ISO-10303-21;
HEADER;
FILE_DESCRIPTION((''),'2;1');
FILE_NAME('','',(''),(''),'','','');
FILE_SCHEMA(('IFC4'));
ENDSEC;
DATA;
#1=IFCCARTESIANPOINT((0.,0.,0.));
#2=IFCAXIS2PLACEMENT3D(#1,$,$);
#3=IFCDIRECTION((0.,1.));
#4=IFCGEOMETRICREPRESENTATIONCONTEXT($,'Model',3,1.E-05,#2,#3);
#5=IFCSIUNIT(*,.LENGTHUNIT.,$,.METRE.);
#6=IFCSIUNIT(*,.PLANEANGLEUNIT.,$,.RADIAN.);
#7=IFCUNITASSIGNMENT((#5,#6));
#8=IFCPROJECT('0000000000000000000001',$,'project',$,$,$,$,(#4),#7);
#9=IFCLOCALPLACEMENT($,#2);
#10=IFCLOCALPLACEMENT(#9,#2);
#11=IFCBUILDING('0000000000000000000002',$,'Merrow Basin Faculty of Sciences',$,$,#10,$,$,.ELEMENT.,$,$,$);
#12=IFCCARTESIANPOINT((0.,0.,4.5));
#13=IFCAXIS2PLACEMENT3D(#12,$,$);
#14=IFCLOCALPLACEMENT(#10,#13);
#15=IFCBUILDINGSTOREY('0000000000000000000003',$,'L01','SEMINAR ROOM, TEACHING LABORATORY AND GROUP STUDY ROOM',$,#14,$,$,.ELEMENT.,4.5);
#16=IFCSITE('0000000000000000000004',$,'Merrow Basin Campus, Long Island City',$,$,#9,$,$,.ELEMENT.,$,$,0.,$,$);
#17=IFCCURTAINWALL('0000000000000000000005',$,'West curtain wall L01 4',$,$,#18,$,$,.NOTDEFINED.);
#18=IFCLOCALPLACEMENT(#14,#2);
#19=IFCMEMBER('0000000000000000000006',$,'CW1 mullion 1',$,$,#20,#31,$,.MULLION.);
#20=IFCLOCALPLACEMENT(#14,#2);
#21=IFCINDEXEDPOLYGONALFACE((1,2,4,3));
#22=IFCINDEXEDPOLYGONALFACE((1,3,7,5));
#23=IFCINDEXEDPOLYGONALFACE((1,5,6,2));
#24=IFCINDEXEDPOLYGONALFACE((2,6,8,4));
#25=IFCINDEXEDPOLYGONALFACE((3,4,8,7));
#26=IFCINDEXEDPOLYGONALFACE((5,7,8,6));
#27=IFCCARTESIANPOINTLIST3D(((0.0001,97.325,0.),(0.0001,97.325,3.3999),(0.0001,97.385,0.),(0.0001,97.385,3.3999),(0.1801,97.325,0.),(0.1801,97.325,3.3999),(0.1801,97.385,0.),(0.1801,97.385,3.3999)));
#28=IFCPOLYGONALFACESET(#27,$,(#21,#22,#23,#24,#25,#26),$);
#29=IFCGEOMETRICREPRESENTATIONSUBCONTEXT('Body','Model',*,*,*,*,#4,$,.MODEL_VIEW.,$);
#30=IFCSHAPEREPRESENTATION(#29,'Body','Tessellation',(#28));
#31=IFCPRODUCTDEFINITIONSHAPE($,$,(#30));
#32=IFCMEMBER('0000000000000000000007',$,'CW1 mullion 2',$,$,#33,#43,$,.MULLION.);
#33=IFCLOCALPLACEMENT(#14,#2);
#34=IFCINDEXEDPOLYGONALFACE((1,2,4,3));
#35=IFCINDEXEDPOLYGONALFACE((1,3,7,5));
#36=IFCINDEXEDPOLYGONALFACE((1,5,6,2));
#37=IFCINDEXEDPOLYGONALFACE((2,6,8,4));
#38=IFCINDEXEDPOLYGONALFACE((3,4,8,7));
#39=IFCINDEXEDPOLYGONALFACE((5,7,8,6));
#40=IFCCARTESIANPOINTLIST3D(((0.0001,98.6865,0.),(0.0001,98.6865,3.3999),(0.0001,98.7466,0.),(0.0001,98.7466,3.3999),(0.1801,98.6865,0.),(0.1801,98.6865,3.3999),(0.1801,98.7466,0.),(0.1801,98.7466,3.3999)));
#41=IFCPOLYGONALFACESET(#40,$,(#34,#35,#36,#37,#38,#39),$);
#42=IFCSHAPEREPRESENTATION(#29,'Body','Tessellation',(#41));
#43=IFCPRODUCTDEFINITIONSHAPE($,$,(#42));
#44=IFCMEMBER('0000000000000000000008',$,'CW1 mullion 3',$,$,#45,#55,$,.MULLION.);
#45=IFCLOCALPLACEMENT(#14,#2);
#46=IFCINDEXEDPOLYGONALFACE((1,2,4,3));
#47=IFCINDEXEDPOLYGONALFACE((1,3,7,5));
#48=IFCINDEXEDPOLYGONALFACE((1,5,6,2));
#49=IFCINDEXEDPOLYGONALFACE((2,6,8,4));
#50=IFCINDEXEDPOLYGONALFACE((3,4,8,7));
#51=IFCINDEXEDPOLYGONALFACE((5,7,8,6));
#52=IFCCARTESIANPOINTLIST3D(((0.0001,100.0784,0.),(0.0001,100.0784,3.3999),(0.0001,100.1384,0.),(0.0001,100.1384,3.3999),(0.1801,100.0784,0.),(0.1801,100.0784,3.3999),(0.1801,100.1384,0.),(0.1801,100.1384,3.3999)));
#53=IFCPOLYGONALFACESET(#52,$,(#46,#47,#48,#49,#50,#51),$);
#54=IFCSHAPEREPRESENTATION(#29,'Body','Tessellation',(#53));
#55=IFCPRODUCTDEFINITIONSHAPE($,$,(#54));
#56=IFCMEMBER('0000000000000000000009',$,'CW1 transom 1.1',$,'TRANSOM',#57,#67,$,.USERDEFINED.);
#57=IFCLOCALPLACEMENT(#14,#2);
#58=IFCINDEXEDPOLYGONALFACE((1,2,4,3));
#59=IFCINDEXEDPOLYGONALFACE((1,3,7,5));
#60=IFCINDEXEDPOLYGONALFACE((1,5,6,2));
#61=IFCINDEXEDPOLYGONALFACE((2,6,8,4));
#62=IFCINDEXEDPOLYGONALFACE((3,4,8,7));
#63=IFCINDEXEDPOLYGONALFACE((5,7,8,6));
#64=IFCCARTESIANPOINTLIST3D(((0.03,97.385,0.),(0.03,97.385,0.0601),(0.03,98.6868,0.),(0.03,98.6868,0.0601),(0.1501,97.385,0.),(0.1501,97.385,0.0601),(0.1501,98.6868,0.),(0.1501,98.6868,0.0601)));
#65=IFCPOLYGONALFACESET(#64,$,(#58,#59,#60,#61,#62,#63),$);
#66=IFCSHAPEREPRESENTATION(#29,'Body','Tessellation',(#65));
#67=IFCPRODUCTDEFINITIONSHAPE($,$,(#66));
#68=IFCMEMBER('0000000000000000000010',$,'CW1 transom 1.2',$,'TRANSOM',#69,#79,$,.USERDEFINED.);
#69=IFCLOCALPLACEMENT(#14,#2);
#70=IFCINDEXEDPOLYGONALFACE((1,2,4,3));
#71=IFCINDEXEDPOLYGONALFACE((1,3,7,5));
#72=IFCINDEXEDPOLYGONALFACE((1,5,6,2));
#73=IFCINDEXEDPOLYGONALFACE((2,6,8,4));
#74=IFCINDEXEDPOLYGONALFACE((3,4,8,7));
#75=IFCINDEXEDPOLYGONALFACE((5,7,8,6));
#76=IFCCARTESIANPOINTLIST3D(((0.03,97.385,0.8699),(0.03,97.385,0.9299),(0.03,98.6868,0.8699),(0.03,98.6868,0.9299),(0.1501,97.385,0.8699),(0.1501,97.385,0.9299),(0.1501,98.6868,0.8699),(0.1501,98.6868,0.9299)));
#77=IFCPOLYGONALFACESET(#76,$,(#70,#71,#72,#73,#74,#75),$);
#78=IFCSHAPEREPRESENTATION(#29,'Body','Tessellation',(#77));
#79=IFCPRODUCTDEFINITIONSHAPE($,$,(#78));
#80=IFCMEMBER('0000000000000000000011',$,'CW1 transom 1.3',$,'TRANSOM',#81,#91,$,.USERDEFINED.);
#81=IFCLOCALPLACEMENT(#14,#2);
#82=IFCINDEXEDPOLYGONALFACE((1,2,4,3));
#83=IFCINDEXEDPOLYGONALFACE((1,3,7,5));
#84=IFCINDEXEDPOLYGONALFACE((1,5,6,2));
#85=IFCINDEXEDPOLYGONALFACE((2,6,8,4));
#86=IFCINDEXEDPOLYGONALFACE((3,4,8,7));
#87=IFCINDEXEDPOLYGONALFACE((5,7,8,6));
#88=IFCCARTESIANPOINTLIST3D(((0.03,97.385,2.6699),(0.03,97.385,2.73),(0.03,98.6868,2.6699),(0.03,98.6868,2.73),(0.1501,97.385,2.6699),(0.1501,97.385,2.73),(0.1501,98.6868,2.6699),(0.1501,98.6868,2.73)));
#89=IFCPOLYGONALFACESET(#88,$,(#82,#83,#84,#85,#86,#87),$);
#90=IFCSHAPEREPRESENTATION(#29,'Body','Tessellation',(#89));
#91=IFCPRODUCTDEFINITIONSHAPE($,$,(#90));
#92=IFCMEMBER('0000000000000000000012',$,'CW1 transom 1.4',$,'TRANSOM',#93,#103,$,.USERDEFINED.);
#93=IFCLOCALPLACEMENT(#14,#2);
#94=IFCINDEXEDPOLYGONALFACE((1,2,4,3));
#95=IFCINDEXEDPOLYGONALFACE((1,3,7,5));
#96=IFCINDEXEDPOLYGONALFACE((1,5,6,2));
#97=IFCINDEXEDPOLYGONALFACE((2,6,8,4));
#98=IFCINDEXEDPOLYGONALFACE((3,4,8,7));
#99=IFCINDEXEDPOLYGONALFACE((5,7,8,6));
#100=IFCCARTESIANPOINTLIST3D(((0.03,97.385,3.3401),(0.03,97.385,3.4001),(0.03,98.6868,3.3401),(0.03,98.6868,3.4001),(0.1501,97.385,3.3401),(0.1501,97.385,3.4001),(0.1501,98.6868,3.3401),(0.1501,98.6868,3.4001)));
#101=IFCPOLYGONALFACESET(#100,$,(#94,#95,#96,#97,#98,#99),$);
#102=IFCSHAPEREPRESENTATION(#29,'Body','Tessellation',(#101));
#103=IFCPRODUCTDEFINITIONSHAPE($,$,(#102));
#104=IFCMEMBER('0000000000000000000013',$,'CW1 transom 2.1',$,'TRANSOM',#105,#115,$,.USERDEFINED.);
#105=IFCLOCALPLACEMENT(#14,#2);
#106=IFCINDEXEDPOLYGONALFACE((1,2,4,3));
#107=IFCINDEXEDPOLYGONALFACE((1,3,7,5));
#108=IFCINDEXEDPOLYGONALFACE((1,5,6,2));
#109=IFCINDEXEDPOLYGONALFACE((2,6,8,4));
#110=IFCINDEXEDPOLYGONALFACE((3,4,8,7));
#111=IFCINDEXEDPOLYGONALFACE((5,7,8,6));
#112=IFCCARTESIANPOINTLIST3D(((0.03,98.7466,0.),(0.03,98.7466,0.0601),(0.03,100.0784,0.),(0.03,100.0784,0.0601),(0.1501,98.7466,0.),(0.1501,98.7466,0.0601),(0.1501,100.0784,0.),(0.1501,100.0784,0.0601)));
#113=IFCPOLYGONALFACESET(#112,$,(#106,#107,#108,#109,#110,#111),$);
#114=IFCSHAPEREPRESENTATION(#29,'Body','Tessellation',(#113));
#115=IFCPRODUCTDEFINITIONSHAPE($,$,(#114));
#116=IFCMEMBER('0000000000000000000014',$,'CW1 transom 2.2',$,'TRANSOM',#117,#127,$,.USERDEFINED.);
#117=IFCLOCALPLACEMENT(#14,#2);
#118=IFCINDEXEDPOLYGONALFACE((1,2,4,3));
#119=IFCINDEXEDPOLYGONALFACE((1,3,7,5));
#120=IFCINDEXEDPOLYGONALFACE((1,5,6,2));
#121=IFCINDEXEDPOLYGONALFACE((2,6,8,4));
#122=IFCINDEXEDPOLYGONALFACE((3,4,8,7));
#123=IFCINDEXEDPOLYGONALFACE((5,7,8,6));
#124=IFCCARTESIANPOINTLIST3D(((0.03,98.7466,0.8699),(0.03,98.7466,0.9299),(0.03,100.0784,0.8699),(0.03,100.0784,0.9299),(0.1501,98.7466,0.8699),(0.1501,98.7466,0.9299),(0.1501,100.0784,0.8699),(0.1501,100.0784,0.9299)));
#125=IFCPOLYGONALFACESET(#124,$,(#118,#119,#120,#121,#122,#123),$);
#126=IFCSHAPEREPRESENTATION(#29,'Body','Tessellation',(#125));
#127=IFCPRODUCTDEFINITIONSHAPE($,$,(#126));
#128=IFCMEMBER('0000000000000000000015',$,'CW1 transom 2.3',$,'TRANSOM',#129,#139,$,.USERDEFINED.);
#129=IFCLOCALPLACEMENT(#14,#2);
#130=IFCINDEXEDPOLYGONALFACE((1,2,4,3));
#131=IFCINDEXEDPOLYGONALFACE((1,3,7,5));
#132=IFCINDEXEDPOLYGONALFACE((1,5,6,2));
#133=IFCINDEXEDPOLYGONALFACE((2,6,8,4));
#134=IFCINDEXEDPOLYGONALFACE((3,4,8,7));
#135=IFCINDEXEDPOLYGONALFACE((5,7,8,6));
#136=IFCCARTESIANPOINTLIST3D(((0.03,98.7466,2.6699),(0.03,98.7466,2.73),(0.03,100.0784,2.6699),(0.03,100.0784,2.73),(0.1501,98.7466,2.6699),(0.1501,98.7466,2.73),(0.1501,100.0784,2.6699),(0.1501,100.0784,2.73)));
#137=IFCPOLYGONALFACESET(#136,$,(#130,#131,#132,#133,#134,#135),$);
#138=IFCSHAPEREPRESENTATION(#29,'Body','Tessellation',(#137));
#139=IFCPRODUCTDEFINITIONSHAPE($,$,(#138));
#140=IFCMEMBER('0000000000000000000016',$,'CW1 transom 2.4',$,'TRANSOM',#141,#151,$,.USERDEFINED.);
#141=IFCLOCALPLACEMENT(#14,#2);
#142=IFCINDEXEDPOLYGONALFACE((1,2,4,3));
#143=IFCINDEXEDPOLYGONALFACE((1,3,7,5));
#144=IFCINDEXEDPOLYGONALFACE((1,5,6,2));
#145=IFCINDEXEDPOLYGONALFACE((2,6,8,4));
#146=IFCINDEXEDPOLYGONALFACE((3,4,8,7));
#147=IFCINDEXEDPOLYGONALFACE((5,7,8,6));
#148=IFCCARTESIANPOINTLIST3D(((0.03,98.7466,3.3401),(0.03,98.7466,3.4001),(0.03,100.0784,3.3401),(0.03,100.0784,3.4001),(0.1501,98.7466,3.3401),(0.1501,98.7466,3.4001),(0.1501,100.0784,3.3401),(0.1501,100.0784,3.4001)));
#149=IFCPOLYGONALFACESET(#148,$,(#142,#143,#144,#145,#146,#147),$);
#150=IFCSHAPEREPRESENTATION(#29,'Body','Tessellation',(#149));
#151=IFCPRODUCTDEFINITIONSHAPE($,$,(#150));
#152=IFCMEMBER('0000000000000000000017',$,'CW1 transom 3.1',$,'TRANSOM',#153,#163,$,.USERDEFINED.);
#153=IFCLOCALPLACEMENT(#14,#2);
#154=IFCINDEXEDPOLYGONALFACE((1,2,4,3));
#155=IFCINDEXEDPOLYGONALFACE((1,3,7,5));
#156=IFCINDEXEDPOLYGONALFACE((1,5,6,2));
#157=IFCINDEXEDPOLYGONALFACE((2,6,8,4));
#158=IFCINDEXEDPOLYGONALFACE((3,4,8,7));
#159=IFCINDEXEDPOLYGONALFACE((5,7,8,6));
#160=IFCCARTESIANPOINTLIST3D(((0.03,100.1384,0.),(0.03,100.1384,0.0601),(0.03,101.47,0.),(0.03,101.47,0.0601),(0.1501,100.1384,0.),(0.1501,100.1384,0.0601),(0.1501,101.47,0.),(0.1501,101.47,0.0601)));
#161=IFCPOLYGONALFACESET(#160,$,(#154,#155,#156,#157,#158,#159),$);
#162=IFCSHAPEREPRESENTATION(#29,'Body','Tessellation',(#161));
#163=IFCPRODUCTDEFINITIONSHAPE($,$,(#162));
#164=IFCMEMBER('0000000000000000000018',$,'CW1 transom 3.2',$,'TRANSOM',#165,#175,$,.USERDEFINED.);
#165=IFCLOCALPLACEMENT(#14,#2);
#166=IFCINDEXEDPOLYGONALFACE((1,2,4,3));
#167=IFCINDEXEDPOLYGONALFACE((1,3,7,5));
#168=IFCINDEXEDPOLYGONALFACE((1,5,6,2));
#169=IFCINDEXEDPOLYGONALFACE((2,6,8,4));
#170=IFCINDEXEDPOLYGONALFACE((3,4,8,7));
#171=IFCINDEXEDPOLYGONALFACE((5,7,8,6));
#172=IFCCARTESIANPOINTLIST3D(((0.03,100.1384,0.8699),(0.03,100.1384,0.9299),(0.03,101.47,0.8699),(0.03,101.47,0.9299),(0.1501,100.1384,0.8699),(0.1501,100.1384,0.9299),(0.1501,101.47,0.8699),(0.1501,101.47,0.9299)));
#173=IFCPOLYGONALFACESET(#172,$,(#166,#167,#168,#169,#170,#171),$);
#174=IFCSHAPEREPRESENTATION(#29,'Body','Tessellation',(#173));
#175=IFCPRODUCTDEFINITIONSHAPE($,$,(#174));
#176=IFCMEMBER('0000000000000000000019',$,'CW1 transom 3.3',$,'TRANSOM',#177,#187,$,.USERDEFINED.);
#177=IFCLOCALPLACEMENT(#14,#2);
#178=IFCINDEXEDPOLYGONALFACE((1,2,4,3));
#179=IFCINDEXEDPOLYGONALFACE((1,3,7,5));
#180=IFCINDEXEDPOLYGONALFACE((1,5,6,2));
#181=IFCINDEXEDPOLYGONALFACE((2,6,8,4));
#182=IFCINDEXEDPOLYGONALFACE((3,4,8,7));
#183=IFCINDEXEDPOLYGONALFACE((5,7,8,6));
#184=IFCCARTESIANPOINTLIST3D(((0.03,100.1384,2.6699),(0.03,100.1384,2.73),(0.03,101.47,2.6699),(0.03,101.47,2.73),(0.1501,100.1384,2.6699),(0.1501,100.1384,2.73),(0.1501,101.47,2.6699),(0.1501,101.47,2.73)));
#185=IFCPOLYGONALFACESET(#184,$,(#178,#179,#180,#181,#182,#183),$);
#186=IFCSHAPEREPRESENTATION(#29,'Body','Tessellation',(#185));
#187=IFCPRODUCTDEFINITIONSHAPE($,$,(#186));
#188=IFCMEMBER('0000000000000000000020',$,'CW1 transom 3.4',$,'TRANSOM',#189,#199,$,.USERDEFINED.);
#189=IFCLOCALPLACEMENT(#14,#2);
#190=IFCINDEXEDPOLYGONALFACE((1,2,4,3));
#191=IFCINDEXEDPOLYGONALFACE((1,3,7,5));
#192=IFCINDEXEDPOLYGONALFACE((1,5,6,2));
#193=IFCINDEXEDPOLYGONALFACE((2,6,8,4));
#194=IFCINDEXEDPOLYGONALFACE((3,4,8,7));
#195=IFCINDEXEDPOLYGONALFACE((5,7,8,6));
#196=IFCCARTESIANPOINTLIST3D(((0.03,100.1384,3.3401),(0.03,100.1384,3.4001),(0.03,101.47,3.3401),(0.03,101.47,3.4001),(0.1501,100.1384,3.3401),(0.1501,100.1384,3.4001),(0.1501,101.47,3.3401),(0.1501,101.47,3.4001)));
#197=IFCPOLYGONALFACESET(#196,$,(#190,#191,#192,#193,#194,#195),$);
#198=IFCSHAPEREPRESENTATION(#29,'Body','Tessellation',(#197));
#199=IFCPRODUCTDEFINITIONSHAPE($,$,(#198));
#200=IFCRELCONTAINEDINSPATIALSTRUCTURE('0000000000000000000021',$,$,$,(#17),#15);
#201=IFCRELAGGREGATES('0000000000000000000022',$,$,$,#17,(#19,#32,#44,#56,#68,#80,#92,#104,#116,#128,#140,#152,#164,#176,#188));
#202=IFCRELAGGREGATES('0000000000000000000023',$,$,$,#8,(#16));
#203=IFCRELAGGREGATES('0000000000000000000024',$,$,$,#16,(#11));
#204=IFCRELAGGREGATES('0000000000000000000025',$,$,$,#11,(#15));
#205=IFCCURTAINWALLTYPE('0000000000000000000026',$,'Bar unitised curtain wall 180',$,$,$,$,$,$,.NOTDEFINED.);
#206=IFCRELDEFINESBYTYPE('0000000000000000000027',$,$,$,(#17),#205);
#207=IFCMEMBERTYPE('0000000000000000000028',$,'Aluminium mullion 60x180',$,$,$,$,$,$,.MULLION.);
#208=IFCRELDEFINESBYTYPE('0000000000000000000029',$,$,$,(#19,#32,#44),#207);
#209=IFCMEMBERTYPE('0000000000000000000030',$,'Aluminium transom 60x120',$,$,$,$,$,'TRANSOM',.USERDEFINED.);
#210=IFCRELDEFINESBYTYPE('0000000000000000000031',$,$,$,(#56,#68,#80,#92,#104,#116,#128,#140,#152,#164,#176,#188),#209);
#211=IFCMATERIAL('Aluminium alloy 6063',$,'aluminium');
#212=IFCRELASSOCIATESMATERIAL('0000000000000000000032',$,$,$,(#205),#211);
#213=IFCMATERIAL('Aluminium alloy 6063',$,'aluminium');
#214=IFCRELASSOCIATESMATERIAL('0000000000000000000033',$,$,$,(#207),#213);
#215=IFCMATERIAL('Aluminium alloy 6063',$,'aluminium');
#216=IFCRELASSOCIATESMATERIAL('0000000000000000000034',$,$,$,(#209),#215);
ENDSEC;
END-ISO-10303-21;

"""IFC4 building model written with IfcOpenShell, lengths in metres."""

from ifc_helpers import new_model, si_unit, direction, frame, origin, origin_2d, place, context, subcontext, project, spatial, rectangle, extrude, material, material_profile, profile_set, type_object, element, aggregate, save


model = new_model("IFC4")

# Units and contexts
model_context = context("Model", 3, precision=1e-05, world=origin(), true_north=direction((0.0, 1.0)))
body_context = subcontext(model_context, "Body", "Model", "MODEL_VIEW")
ifc_project = project(units=[si_unit("LENGTHUNIT", "METRE"), si_unit("PLANEANGLEUNIT", "RADIAN")], contexts=[model_context])

# Site, building, storey
site_placement = place(None, origin())
site = spatial("IfcSite", under=ifc_project, at=site_placement, Name="Merrow Basin Campus, Long Island City", CompositionType="ELEMENT", RefElevation=0.0)
building_placement = place(site_placement, origin())
building = spatial("IfcBuilding", under=site, at=building_placement, Name="Merrow Basin Faculty of Sciences", CompositionType="ELEMENT")
storey_placement = place(building_placement, frame((0.0, 0.0, 4.5)))
storey = spatial("IfcBuildingStorey", under=building, at=storey_placement, Name="L01", Description="SEMINAR ROOM, TEACHING LABORATORY AND GROUP STUDY ROOM", CompositionType="ELEMENT", Elevation=4.5)

# Curtain wall, members
ifc_material_1 = material(Name="Aluminium alloy 6063", Category="aluminium")
curtain_wall_type = type_object("IfcCurtainWallType", Name="Bar unitised curtain wall 180", PredefinedType="NOTDEFINED", material=ifc_material_1)
curtain_wall_placement = place(storey_placement, origin())
curtain_wall = element("IfcCurtainWall", 1, at=curtain_wall_placement, inside=storey, type_object=curtain_wall_type, Name="West curtain wall L01 4", PredefinedType="NOTDEFINED")
ifc_material_2 = material(Name="Aluminium alloy 6063", Category="aluminium")
ifc_material_profile_1 = material_profile(ifc_material_2, rectangle(XDim=0.1799, YDim=0.0601, at=origin_2d()))
ifc_profile_set_1 = profile_set([ifc_material_profile_1], Name="Aluminium alloy 6063")
member_type_1 = type_object("IfcMemberType", Name="Aluminium mullion 60x180", PredefinedType="MULLION", material=ifc_profile_set_1)
member_1_placement = place(storey_placement, frame((0.0901, 97.355, 0.0), z_axis=(0.0, 0.0, 1.0), x_axis=(-1.0, 0.0, 0.0)))
member_1 = element("IfcMember", 2, at=member_1_placement, type_object=member_type_1, Name="CW1 mullion 1", PredefinedType="MULLION", context=body_context, shape_type="SweptSolid", body=[
    extrude(rectangle(XDim=0.1799, YDim=0.0601, at=origin_2d()), origin(), (0.0, 0.0, 1.0), 3.3999),
])
member_2_placement = place(storey_placement, frame((0.0901, 98.7166, 0.0), z_axis=(0.0, 0.0, 1.0), x_axis=(-1.0, 0.0, 0.0)))
member_2 = element("IfcMember", 3, at=member_2_placement, type_object=member_type_1, Name="CW1 mullion 2", PredefinedType="MULLION", context=body_context, shape_type="SweptSolid", body=[
    extrude(rectangle(XDim=0.1799, YDim=0.0601, at=origin_2d()), origin(), (0.0, 0.0, 1.0), 3.3999),
])
member_3_placement = place(storey_placement, frame((0.0901, 100.1084, 0.0), z_axis=(0.0, 0.0, 1.0), x_axis=(-1.0, 0.0, 0.0)))
member_3 = element("IfcMember", 4, at=member_3_placement, type_object=member_type_1, Name="CW1 mullion 3", PredefinedType="MULLION", context=body_context, shape_type="SweptSolid", body=[
    extrude(rectangle(XDim=0.1799, YDim=0.0601, at=origin_2d()), origin(), (0.0, 0.0, 1.0), 3.3999),
])
ifc_material_3 = material(Name="Aluminium alloy 6063", Category="aluminium")
ifc_material_profile_2 = material_profile(ifc_material_3, rectangle(XDim=0.1201, YDim=0.0601, at=origin_2d()))
ifc_profile_set_2 = profile_set([ifc_material_profile_2], Name="Aluminium alloy 6063")
member_type_2 = type_object("IfcMemberType", Name="Aluminium transom 60x120", ElementType="TRANSOM", PredefinedType="USERDEFINED", material=ifc_profile_set_2)
member_4_placement = place(storey_placement, frame((0.0901, 97.385, 0.03), z_axis=(0.0, 1.0, 0.0), x_axis=(-1.0, 0.0, 0.0)))
member_4 = element("IfcMember", 5, at=member_4_placement, type_object=member_type_2, Name="CW1 transom 1.1", ObjectType="TRANSOM", PredefinedType="USERDEFINED", context=body_context, shape_type="SweptSolid", body=[
    extrude(rectangle(XDim=0.1201, YDim=0.0601, at=origin_2d()), origin(), (0.0, 0.0, 1.0), 1.3018),
])
member_5_placement = place(storey_placement, frame((0.0901, 97.385, 0.8999), z_axis=(0.0, 1.0, 0.0), x_axis=(-1.0, 0.0, 0.0)))
member_5 = element("IfcMember", 6, at=member_5_placement, type_object=member_type_2, Name="CW1 transom 1.2", ObjectType="TRANSOM", PredefinedType="USERDEFINED", context=body_context, shape_type="SweptSolid", body=[
    extrude(rectangle(XDim=0.1201, YDim=0.0601, at=origin_2d()), origin(), (0.0, 0.0, 1.0), 1.3018),
])
member_6_placement = place(storey_placement, frame((0.0901, 97.385, 2.7), z_axis=(0.0, 1.0, 0.0), x_axis=(-1.0, 0.0, 0.0)))
member_6 = element("IfcMember", 7, at=member_6_placement, type_object=member_type_2, Name="CW1 transom 1.3", ObjectType="TRANSOM", PredefinedType="USERDEFINED", context=body_context, shape_type="SweptSolid", body=[
    extrude(rectangle(XDim=0.1201, YDim=0.0601, at=origin_2d()), origin(), (0.0, 0.0, 1.0), 1.3018),
])
member_7_placement = place(storey_placement, frame((0.0901, 97.385, 3.3701), z_axis=(0.0, 1.0, 0.0), x_axis=(-1.0, 0.0, 0.0)))
member_7 = element("IfcMember", 8, at=member_7_placement, type_object=member_type_2, Name="CW1 transom 1.4", ObjectType="TRANSOM", PredefinedType="USERDEFINED", context=body_context, shape_type="SweptSolid", body=[
    extrude(rectangle(XDim=0.1201, YDim=0.0601, at=origin_2d()), origin(), (0.0, 0.0, 1.0), 1.3018),
])
member_8_placement = place(storey_placement, frame((0.0901, 98.7466, 0.03), z_axis=(0.0, 1.0, 0.0), x_axis=(-1.0, 0.0, 0.0)))
member_8 = element("IfcMember", 9, at=member_8_placement, type_object=member_type_2, Name="CW1 transom 2.1", ObjectType="TRANSOM", PredefinedType="USERDEFINED", context=body_context, shape_type="SweptSolid", body=[
    extrude(rectangle(XDim=0.1201, YDim=0.0601, at=origin_2d()), origin(), (0.0, 0.0, 1.0), 1.3318),
])
member_9_placement = place(storey_placement, frame((0.0901, 98.7466, 0.8999), z_axis=(0.0, 1.0, 0.0), x_axis=(-1.0, 0.0, 0.0)))
member_9 = element("IfcMember", 10, at=member_9_placement, type_object=member_type_2, Name="CW1 transom 2.2", ObjectType="TRANSOM", PredefinedType="USERDEFINED", context=body_context, shape_type="SweptSolid", body=[
    extrude(rectangle(XDim=0.1201, YDim=0.0601, at=origin_2d()), origin(), (0.0, 0.0, 1.0), 1.3318),
])
member_10_placement = place(storey_placement, frame((0.0901, 98.7466, 2.7), z_axis=(0.0, 1.0, 0.0), x_axis=(-1.0, 0.0, 0.0)))
member_10 = element("IfcMember", 11, at=member_10_placement, type_object=member_type_2, Name="CW1 transom 2.3", ObjectType="TRANSOM", PredefinedType="USERDEFINED", context=body_context, shape_type="SweptSolid", body=[
    extrude(rectangle(XDim=0.1201, YDim=0.0601, at=origin_2d()), origin(), (0.0, 0.0, 1.0), 1.3318),
])
member_11_placement = place(storey_placement, frame((0.0901, 98.7466, 3.3701), z_axis=(0.0, 1.0, 0.0), x_axis=(-1.0, 0.0, 0.0)))
member_11 = element("IfcMember", 12, at=member_11_placement, type_object=member_type_2, Name="CW1 transom 2.4", ObjectType="TRANSOM", PredefinedType="USERDEFINED", context=body_context, shape_type="SweptSolid", body=[
    extrude(rectangle(XDim=0.1201, YDim=0.0601, at=origin_2d()), origin(), (0.0, 0.0, 1.0), 1.3318),
])
member_12_placement = place(storey_placement, frame((0.0901, 100.1384, 0.03), z_axis=(0.0, 1.0, 0.0), x_axis=(-1.0, 0.0, 0.0)))
member_12 = element("IfcMember", 13, at=member_12_placement, type_object=member_type_2, Name="CW1 transom 3.1", ObjectType="TRANSOM", PredefinedType="USERDEFINED", context=body_context, shape_type="SweptSolid", body=[
    extrude(rectangle(XDim=0.1201, YDim=0.0601, at=origin_2d()), origin(), (0.0, 0.0, 1.0), 1.3315),
])
member_13_placement = place(storey_placement, frame((0.0901, 100.1384, 0.8999), z_axis=(0.0, 1.0, 0.0), x_axis=(-1.0, 0.0, 0.0)))
member_13 = element("IfcMember", 14, at=member_13_placement, type_object=member_type_2, Name="CW1 transom 3.2", ObjectType="TRANSOM", PredefinedType="USERDEFINED", context=body_context, shape_type="SweptSolid", body=[
    extrude(rectangle(XDim=0.1201, YDim=0.0601, at=origin_2d()), origin(), (0.0, 0.0, 1.0), 1.3315),
])
member_14_placement = place(storey_placement, frame((0.0901, 100.1384, 2.7), z_axis=(0.0, 1.0, 0.0), x_axis=(-1.0, 0.0, 0.0)))
member_14 = element("IfcMember", 15, at=member_14_placement, type_object=member_type_2, Name="CW1 transom 3.3", ObjectType="TRANSOM", PredefinedType="USERDEFINED", context=body_context, shape_type="SweptSolid", body=[
    extrude(rectangle(XDim=0.1201, YDim=0.0601, at=origin_2d()), origin(), (0.0, 0.0, 1.0), 1.3315),
])
member_15_placement = place(storey_placement, frame((0.0901, 100.1384, 3.3701), z_axis=(0.0, 1.0, 0.0), x_axis=(-1.0, 0.0, 0.0)))
member_15 = element("IfcMember", 16, at=member_15_placement, type_object=member_type_2, Name="CW1 transom 3.4", ObjectType="TRANSOM", PredefinedType="USERDEFINED", context=body_context, shape_type="SweptSolid", body=[
    extrude(rectangle(XDim=0.1201, YDim=0.0601, at=origin_2d()), origin(), (0.0, 0.0, 1.0), 1.3315),
])

aggregate(curtain_wall, [member_1, member_2, member_3, member_4, member_5, member_6, member_7, member_8, member_9, member_10, member_11, member_12, member_13, member_14, member_15])

save(model, "model.ifc")
